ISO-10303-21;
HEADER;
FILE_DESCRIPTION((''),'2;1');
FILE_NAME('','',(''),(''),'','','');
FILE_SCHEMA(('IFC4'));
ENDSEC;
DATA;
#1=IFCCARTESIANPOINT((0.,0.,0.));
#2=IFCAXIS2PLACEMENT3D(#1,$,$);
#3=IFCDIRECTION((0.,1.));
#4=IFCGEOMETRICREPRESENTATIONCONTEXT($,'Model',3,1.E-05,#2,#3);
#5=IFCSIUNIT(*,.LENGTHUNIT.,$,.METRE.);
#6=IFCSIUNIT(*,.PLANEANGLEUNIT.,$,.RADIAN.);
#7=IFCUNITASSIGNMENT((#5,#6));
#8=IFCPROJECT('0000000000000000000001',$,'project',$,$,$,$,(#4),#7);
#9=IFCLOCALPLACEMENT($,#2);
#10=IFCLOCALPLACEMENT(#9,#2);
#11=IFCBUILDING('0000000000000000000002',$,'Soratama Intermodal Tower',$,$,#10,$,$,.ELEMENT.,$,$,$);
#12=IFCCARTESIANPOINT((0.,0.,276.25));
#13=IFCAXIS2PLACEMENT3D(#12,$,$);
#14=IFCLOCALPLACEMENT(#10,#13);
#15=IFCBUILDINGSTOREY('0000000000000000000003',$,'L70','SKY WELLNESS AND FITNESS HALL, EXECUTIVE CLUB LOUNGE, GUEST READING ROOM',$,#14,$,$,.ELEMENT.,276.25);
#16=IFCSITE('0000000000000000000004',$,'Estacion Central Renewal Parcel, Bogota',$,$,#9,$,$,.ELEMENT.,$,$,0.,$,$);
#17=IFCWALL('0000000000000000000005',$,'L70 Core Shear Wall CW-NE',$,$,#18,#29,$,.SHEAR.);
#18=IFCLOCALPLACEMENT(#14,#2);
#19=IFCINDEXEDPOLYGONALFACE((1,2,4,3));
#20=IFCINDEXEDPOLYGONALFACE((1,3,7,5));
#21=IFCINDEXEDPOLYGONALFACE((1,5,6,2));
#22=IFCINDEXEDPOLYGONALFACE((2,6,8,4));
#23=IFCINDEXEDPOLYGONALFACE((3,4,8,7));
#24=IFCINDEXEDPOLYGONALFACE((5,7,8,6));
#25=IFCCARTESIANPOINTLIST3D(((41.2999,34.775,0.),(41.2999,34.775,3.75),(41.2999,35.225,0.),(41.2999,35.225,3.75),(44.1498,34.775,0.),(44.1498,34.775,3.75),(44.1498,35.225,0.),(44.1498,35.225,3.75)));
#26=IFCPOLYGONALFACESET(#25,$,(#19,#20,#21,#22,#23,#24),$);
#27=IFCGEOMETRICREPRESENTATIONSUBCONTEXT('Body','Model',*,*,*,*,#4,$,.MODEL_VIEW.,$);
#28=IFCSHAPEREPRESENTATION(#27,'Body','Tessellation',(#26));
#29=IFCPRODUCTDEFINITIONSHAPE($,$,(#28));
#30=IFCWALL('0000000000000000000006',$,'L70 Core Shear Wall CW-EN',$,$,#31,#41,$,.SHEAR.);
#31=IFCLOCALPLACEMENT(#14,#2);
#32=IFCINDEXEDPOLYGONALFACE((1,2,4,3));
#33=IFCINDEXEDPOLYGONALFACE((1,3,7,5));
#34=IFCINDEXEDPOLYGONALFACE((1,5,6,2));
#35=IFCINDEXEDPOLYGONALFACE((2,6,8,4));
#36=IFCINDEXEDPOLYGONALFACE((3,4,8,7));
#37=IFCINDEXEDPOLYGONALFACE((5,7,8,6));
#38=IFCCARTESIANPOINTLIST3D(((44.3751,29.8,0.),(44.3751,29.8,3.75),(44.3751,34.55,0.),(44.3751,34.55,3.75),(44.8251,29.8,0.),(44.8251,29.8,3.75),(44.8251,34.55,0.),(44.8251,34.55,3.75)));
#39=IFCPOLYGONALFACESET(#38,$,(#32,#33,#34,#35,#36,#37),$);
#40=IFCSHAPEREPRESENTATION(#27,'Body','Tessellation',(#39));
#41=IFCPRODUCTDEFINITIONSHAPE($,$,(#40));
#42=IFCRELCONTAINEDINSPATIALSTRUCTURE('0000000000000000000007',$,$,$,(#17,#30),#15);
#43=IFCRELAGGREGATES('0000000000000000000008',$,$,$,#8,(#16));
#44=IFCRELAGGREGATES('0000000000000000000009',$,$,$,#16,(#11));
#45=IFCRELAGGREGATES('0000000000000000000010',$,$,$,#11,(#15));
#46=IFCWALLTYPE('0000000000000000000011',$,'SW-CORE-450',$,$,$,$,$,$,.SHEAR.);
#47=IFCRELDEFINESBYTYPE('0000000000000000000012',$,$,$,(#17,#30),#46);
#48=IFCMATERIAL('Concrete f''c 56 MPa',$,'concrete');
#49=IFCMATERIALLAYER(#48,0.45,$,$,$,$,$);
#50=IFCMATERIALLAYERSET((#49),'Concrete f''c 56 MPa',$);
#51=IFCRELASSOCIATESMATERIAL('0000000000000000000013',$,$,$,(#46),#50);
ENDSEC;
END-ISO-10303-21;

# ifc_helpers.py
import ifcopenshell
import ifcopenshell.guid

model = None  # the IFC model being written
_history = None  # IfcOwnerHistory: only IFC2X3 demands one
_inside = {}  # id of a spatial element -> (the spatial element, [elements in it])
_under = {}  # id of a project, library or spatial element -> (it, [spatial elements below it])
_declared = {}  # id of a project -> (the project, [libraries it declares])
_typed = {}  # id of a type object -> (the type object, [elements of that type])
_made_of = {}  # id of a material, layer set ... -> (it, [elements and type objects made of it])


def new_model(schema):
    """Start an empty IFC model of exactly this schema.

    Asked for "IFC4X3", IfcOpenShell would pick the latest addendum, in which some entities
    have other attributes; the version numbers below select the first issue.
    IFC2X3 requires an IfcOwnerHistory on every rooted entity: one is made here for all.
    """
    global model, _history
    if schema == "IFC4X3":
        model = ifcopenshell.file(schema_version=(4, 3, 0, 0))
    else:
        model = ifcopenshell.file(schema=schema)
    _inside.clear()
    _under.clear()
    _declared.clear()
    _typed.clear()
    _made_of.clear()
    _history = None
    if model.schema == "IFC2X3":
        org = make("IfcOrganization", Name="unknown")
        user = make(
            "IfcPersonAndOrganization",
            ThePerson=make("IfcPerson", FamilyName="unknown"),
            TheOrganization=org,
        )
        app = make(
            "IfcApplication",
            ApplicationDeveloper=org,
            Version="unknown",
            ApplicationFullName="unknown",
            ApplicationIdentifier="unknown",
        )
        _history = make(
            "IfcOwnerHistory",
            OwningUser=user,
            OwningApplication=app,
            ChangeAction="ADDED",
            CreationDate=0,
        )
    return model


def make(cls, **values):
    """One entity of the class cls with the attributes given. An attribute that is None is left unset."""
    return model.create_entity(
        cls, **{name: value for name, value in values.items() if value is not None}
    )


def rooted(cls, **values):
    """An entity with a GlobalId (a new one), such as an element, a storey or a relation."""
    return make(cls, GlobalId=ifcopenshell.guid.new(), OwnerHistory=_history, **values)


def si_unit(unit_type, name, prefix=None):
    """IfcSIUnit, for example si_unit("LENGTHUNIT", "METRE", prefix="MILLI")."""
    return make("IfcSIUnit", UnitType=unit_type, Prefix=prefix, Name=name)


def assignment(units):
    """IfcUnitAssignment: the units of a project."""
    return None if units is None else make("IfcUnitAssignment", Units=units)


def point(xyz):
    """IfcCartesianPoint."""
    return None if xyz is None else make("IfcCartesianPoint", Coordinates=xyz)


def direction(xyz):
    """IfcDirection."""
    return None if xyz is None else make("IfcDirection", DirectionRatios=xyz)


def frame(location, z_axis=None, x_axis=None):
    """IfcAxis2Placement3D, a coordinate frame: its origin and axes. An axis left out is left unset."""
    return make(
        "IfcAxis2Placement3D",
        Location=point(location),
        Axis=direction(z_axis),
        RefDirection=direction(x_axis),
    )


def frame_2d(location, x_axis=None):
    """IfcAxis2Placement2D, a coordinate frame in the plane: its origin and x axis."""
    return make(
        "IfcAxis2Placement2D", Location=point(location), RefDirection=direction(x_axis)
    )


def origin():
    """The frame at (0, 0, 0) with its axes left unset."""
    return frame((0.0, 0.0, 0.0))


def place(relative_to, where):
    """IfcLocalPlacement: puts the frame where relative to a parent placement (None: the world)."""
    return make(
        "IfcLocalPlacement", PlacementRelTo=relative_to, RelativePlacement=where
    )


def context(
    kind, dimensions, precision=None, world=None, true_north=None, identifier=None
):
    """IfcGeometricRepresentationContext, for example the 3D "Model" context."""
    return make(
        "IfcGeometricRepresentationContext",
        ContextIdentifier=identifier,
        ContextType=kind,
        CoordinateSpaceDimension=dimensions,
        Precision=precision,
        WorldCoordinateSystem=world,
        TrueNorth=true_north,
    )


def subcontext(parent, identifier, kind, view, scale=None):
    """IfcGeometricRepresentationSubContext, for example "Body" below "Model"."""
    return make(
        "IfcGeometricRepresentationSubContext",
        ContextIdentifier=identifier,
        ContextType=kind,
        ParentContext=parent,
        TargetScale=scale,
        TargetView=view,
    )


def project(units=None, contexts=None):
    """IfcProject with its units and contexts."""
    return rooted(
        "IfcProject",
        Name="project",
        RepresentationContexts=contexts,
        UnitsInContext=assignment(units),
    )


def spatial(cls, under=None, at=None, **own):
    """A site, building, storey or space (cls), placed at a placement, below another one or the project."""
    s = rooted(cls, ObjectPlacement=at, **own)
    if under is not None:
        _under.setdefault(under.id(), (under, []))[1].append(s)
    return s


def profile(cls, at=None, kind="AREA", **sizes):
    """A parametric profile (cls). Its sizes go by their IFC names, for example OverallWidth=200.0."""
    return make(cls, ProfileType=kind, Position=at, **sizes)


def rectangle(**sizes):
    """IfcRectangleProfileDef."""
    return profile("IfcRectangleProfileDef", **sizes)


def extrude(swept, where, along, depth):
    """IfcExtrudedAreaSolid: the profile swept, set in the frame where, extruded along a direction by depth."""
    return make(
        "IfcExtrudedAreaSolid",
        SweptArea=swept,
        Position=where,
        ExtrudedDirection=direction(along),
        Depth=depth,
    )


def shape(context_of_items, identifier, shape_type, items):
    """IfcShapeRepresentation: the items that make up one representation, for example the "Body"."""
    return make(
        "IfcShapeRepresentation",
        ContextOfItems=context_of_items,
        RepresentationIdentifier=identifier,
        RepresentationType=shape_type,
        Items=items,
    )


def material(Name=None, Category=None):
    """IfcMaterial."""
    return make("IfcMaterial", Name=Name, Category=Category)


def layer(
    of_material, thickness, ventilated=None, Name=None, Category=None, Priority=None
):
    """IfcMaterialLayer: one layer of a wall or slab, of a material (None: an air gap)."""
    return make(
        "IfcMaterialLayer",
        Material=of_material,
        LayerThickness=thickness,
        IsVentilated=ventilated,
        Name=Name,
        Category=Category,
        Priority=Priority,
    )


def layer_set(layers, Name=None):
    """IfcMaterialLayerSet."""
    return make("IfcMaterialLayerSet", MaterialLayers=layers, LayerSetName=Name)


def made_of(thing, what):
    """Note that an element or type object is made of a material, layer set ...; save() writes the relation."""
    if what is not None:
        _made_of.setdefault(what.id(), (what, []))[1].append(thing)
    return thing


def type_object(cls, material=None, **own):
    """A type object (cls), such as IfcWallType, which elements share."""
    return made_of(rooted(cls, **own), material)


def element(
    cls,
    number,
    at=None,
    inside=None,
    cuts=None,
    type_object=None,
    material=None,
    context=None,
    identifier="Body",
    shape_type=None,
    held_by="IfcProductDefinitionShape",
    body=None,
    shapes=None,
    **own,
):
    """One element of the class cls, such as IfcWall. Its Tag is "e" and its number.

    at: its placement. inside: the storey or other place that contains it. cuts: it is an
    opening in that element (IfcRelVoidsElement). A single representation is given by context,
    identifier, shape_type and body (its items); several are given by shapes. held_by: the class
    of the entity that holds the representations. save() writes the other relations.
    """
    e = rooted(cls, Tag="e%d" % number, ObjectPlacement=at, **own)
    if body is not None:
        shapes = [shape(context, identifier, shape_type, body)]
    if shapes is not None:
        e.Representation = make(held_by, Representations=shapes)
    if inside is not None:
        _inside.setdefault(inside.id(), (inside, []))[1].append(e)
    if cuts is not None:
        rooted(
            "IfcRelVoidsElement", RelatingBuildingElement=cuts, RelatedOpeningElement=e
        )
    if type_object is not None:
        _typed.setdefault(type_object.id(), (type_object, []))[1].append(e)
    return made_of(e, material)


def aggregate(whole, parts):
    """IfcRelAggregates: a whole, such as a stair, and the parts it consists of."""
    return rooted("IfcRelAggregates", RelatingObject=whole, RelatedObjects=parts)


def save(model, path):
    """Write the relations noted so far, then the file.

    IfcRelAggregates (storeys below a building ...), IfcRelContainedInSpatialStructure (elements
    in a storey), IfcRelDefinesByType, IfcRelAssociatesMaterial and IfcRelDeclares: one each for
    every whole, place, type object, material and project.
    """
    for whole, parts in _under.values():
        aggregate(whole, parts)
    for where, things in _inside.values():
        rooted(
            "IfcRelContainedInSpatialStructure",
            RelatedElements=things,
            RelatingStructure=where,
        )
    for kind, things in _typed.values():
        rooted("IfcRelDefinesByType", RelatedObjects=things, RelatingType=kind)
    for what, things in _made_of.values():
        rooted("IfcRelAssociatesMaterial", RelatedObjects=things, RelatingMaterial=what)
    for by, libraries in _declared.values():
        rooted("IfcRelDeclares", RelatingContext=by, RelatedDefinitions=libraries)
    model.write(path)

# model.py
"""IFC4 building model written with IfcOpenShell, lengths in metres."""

from ifc_helpers import new_model, si_unit, direction, frame, frame_2d, origin, place, context, subcontext, project, spatial, rectangle, extrude, material, layer, layer_set, type_object, element, save


model = new_model("IFC4")

# Units and contexts
model_context = context("Model", 3, precision=1e-05, world=origin(), true_north=direction((0.0, 1.0)))
body_context = subcontext(model_context, "Body", "Model", "MODEL_VIEW")
ifc_project = project(units=[si_unit("LENGTHUNIT", "METRE"), si_unit("PLANEANGLEUNIT", "RADIAN")], contexts=[model_context])

# Site, building, storey
site_placement = place(None, origin())
site = spatial("IfcSite", under=ifc_project, at=site_placement, Name="Estacion Central Renewal Parcel, Bogota", CompositionType="ELEMENT", RefElevation=0.0)
building_placement = place(site_placement, origin())
building = spatial("IfcBuilding", under=site, at=building_placement, Name="Soratama Intermodal Tower", CompositionType="ELEMENT")
storey_placement = place(building_placement, frame((0.0, 0.0, 276.25)))
storey = spatial("IfcBuildingStorey", under=building, at=storey_placement, Name="L70", Description="SKY WELLNESS AND FITNESS HALL, EXECUTIVE CLUB LOUNGE, GUEST READING ROOM", CompositionType="ELEMENT", Elevation=276.25)

# Walls
ifc_material_1 = material(Name="Concrete f'c 56 MPa", Category="concrete")
ifc_layer_1 = layer(ifc_material_1, 0.45)
ifc_layer_set_1 = layer_set([ifc_layer_1], Name="Concrete f'c 56 MPa")
wall_type_1 = type_object("IfcWallType", Name="SW-CORE-450", PredefinedType="SHEAR", material=ifc_layer_set_1)
wall_1_placement = place(storey_placement, frame((41.3, 35.0, 0.0), z_axis=(0.0, 0.0, 1.0), x_axis=(1.0, 0.0, 0.0)))
element("IfcWall", 1, at=wall_1_placement, inside=storey, type_object=wall_type_1, Name="L70 Core Shear Wall CW-NE", PredefinedType="SHEAR", context=body_context, shape_type="SweptSolid", body=[
    extrude(rectangle(XDim=2.8499, YDim=0.45, at=frame_2d((1.4248, 0.0))), origin(), (0.0, 0.0, 1.0), 3.75),
])
wall_2_placement = place(storey_placement, frame((44.6001, 29.8, 0.0), z_axis=(0.0, 0.0, 1.0), x_axis=(0.0, 1.0, 0.0)))
element("IfcWall", 2, at=wall_2_placement, inside=storey, type_object=wall_type_1, Name="L70 Core Shear Wall CW-EN", PredefinedType="SHEAR", context=body_context, shape_type="SweptSolid", body=[
    extrude(rectangle(XDim=4.75, YDim=0.45, at=frame_2d((2.375, 0.0))), origin(), (0.0, 0.0, 1.0), 3.75),
])

save(model, "model.ifc")
